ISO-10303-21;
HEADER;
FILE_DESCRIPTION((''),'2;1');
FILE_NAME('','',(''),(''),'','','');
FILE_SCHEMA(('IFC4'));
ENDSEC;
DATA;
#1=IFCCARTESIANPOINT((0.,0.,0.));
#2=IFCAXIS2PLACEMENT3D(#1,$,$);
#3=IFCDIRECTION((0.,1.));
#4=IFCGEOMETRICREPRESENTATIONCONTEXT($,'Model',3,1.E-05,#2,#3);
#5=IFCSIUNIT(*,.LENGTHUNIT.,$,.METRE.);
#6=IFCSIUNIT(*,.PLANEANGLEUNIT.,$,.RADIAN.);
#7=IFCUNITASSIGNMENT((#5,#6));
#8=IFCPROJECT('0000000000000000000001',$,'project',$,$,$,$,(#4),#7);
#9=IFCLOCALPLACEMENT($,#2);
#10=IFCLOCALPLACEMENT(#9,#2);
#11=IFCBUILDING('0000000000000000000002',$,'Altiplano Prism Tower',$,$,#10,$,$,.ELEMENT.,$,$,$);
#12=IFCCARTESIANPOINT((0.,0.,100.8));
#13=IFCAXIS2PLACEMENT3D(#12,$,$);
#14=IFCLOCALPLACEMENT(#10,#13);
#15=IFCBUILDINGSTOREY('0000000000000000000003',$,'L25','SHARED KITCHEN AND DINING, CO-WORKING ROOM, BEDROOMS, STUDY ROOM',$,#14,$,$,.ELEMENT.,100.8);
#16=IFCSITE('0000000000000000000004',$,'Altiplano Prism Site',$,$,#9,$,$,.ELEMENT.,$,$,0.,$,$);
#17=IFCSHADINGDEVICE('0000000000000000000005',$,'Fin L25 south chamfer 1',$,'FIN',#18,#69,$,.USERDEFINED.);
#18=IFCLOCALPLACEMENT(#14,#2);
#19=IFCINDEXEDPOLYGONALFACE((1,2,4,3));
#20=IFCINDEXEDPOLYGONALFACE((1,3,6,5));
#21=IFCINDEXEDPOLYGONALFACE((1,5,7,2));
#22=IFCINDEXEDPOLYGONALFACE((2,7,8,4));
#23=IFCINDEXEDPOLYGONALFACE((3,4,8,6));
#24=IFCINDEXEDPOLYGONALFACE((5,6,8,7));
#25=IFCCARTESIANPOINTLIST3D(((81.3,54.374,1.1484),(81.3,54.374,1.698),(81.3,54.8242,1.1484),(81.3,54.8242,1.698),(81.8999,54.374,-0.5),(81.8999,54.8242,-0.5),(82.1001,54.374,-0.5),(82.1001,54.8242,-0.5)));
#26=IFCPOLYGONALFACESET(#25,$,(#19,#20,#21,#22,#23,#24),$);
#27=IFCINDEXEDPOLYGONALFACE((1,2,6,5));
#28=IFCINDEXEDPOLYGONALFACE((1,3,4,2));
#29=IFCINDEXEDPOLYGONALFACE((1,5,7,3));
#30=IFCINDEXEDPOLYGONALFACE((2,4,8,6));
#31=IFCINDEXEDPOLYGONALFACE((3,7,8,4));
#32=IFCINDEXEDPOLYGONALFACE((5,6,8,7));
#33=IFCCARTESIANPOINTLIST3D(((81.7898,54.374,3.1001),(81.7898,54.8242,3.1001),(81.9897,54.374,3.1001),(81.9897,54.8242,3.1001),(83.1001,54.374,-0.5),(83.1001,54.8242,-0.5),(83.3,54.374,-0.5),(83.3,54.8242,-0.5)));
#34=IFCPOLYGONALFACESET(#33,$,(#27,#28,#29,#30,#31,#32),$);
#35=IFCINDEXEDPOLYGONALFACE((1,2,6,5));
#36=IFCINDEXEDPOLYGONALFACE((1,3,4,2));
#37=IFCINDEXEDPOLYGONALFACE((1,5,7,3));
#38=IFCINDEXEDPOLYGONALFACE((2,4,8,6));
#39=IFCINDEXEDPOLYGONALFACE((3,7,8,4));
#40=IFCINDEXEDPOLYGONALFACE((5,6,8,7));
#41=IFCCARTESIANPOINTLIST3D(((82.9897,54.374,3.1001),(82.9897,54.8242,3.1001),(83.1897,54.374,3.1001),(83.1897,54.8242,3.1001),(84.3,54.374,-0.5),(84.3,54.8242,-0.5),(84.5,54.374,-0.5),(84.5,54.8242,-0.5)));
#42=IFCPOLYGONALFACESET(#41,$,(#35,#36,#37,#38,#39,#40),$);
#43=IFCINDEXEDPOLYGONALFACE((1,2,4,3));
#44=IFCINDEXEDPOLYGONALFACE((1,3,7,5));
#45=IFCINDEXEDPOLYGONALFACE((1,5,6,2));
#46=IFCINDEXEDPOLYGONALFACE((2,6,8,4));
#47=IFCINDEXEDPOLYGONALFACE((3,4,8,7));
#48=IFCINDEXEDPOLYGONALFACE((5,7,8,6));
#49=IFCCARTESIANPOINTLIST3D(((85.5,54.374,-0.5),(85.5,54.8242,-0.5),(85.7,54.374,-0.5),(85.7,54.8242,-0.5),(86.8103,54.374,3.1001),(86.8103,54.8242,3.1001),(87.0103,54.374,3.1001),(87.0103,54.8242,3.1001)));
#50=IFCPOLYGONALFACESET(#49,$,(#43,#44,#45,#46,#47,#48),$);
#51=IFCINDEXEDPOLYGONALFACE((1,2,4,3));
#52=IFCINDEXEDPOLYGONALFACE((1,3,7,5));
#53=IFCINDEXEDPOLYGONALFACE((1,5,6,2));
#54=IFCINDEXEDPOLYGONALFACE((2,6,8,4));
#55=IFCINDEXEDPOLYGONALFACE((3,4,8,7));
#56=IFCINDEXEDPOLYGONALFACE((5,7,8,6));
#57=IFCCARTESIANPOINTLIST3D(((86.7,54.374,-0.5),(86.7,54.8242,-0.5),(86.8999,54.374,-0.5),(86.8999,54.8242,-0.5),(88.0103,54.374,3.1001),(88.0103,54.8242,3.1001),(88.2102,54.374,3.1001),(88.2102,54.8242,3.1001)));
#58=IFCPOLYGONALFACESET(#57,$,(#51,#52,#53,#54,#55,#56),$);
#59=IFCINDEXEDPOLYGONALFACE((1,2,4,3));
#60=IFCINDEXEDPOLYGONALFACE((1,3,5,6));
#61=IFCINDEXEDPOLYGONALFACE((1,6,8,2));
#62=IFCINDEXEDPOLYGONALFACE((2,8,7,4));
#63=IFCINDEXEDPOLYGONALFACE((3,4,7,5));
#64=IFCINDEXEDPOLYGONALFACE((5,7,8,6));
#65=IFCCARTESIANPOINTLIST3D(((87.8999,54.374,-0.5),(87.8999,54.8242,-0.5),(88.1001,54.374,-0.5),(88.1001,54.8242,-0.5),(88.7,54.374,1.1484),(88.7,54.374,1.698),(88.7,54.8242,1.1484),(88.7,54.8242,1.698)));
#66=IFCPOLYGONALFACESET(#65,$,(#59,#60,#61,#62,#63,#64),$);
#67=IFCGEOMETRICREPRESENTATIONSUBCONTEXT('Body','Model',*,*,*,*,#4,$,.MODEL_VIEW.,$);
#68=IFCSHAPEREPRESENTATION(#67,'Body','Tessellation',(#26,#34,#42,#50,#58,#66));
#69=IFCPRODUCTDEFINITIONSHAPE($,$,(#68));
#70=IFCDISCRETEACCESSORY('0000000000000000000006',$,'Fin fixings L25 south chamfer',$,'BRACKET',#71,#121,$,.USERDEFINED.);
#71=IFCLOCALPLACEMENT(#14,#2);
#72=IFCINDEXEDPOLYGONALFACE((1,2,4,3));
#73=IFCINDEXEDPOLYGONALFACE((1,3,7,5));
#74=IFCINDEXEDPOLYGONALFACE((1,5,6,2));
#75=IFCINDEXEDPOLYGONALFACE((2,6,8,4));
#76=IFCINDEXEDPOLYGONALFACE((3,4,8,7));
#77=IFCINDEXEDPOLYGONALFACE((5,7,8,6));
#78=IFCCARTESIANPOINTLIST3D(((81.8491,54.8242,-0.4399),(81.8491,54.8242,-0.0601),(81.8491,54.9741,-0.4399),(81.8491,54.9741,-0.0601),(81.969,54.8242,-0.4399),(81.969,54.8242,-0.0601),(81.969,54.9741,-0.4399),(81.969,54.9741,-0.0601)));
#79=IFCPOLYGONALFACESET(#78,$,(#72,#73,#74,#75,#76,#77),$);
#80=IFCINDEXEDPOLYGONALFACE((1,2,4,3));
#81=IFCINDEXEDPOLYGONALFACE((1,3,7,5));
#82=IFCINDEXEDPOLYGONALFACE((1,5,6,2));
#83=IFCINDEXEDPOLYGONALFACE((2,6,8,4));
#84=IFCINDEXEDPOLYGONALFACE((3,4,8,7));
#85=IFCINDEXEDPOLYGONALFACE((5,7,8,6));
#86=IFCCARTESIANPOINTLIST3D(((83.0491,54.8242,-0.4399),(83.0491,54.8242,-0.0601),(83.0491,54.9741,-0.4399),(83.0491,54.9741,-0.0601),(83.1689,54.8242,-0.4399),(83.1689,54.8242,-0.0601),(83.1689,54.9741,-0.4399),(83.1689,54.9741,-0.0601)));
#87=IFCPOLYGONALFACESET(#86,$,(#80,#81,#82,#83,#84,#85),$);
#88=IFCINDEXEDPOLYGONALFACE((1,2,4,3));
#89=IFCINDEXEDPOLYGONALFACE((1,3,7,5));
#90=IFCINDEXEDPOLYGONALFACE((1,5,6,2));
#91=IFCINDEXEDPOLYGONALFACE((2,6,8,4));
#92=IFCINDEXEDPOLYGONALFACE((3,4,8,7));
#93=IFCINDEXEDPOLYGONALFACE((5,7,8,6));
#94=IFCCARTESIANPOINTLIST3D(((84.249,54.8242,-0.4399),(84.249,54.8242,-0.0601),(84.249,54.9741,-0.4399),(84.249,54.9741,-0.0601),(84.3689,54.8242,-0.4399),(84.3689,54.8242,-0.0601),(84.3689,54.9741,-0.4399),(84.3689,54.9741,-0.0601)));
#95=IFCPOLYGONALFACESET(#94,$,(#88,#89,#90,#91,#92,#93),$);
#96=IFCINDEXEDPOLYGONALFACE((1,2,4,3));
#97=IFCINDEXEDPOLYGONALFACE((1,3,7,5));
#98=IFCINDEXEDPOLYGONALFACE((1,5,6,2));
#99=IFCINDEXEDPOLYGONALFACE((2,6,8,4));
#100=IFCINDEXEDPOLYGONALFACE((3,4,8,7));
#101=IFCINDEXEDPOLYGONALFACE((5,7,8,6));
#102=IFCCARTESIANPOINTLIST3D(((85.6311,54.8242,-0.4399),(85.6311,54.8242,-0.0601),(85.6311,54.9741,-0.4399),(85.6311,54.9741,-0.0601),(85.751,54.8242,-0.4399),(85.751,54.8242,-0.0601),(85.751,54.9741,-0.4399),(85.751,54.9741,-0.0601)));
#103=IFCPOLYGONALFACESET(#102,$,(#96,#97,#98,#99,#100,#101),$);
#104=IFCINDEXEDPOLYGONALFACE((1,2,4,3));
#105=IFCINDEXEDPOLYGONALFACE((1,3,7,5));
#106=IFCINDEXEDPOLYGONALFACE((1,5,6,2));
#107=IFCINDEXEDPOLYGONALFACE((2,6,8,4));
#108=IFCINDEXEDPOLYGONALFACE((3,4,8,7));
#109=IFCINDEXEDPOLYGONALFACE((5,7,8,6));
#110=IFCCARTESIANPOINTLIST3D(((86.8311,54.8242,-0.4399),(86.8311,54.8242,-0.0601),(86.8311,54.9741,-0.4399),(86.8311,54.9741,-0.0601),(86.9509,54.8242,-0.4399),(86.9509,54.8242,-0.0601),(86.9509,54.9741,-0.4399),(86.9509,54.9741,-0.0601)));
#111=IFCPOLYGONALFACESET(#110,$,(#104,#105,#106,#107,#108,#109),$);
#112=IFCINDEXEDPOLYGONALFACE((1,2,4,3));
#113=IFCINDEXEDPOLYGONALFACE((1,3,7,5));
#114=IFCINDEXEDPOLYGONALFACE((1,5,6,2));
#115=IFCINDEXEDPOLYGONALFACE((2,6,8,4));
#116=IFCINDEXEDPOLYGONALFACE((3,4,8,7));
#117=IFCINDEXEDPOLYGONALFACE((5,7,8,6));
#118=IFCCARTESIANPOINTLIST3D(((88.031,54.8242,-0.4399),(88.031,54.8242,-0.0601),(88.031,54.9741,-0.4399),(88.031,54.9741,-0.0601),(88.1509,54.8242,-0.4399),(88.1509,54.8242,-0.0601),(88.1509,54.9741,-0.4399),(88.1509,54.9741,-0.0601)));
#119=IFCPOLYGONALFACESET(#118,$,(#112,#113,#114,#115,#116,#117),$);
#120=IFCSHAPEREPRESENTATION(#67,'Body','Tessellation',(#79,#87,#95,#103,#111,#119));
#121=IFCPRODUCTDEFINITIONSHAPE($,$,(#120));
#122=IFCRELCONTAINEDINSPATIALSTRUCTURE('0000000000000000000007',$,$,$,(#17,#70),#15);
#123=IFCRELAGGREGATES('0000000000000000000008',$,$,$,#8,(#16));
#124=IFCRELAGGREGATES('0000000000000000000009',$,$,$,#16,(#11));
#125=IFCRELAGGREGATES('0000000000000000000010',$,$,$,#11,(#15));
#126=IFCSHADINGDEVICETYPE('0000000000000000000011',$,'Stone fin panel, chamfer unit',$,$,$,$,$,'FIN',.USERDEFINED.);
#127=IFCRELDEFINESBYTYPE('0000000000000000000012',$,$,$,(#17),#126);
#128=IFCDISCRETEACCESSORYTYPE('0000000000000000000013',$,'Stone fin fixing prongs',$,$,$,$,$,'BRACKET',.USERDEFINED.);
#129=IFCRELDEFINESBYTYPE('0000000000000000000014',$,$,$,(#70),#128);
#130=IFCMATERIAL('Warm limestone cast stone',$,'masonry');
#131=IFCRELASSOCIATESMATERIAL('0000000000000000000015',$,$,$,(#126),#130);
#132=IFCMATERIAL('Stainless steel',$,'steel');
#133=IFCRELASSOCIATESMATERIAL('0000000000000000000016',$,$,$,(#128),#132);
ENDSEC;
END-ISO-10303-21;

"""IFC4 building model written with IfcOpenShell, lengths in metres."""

from ifc_helpers import new_model, si_unit, direction, frame, origin, place, context, subcontext, project, spatial, polyline, outline, extrude, source, transform, mapped, material, type_object, element, save


model = new_model("IFC4")

# Units and contexts
model_context = context("Model", 3, precision=1e-05, world=origin(), true_north=direction((0.0, 1.0)))
body_context = subcontext(model_context, "Body", "Model", "MODEL_VIEW")
ifc_project = project(units=[si_unit("LENGTHUNIT", "METRE"), si_unit("PLANEANGLEUNIT", "RADIAN")], contexts=[model_context])

# Site, building, storey
site_placement = place(None, origin())
site = spatial("IfcSite", under=ifc_project, at=site_placement, Name="Altiplano Prism Site", CompositionType="ELEMENT", RefElevation=0.0)
building_placement = place(site_placement, origin())
building = spatial("IfcBuilding", under=site, at=building_placement, Name="Altiplano Prism Tower", CompositionType="ELEMENT")
storey_placement = place(building_placement, frame((0.0, 0.0, 100.8)))
storey = spatial("IfcBuildingStorey", under=building, at=storey_placement, Name="L25", Description="SHARED KITCHEN AND DINING, CO-WORKING ROOM, BEDROOMS, STUDY ROOM", CompositionType="ELEMENT", Elevation=100.8)

# Shading device
ifc_material_1 = material(Name="Warm limestone cast stone", Category="masonry")
shading_device_type_1 = type_object("IfcShadingDeviceType", Name="Stone fin panel, chamfer unit", ElementType="FIN", PredefinedType="USERDEFINED", material=ifc_material_1)
shared_shape_1 = source(origin(), body_context, "Body", "SweptSolid", [
    extrude(outline(polyline([(-3.7, 2.198), (-3.7, 1.6484), (-3.1001, 0.0), (-2.8999, 0.0), (-3.7, 2.198)])), frame((0.0, -0.1499, 0.0), z_axis=(0.0, -1.0, 0.0), x_axis=(1.0, 0.0, 0.0)), (0.0, 0.0, 1.0), 0.4502),
    extrude(outline(polyline([(-3.2102, 3.6001), (-1.8999, 0.0), (-1.7, 0.0), (-3.0103, 3.6001), (-3.2102, 3.6001)])), frame((0.0, -0.1499, 0.0), z_axis=(0.0, -1.0, 0.0), x_axis=(1.0, 0.0, 0.0)), (0.0, 0.0, 1.0), 0.4502),
    extrude(outline(polyline([(-2.0103, 3.6001), (-0.7, 0.0), (-0.5, 0.0), (-1.8103, 3.6001), (-2.0103, 3.6001)])), frame((0.0, -0.1499, 0.0), z_axis=(0.0, -1.0, 0.0), x_axis=(1.0, 0.0, 0.0)), (0.0, 0.0, 1.0), 0.4502),
    extrude(outline(polyline([(1.8103, 3.6001), (0.5, 0.0), (0.7, 0.0), (2.0103, 3.6001), (1.8103, 3.6001)])), frame((0.0, -0.1499, 0.0), z_axis=(0.0, -1.0, 0.0), x_axis=(1.0, 0.0, 0.0)), (0.0, 0.0, 1.0), 0.4502),
    extrude(outline(polyline([(3.0103, 3.6001), (1.7, 0.0), (1.8999, 0.0), (3.2102, 3.6001), (3.0103, 3.6001)])), frame((0.0, -0.1499, 0.0), z_axis=(0.0, -1.0, 0.0), x_axis=(1.0, 0.0, 0.0)), (0.0, 0.0, 1.0), 0.4502),
    extrude(outline(polyline([(3.7, 1.6484), (3.7, 2.198), (2.8999, 0.0), (3.1001, 0.0), (3.7, 1.6484)])), frame((0.0, -0.1499, 0.0), z_axis=(0.0, -1.0, 0.0), x_axis=(1.0, 0.0, 0.0)), (0.0, 0.0, 1.0), 0.4502),
])
shading_device_1_placement = place(storey_placement, origin())
element("IfcShadingDevice", 1, at=shading_device_1_placement, inside=storey, type_object=shading_device_type_1, Name="Fin L25 south chamfer 1", ObjectType="FIN", PredefinedType="USERDEFINED", context=body_context, shape_type="MappedRepresentation", body=[
    mapped(shared_shape_1, transform((85.0, 54.9741, -0.5), x_axis=(1.0, 0.0, 0.0), y_axis=(0.0, 1.0, 0.0), z_axis=(0.0, 0.0, 1.0))),
])

# Discrete accessory
ifc_material_2 = material(Name="Stainless steel", Category="steel")
discrete_accessory_type = type_object("IfcDiscreteAccessoryType", Name="Stone fin fixing prongs", ElementType="BRACKET", PredefinedType="USERDEFINED", material=ifc_material_2)
shared_shape_2 = source(origin(), body_context, "Body", "SweptSolid", [
    extrude(outline(polyline([(-3.1509, 0.0601), (-3.031, 0.0601), (-3.031, 0.4399), (-3.1509, 0.4399), (-3.1509, 0.0601)])), frame((0.0, 0.0, 0.0), z_axis=(0.0, -1.0, 0.0), x_axis=(1.0, 0.0, 0.0)), (0.0, 0.0, 1.0), 0.1499),
    extrude(outline(polyline([(-1.9509, 0.0601), (-1.8311, 0.0601), (-1.8311, 0.4399), (-1.9509, 0.4399), (-1.9509, 0.0601)])), frame((0.0, 0.0, 0.0), z_axis=(0.0, -1.0, 0.0), x_axis=(1.0, 0.0, 0.0)), (0.0, 0.0, 1.0), 0.1499),
    extrude(outline(polyline([(-0.751, 0.0601), (-0.6311, 0.0601), (-0.6311, 0.4399), (-0.751, 0.4399), (-0.751, 0.0601)])), frame((0.0, 0.0, 0.0), z_axis=(0.0, -1.0, 0.0), x_axis=(1.0, 0.0, 0.0)), (0.0, 0.0, 1.0), 0.1499),
    extrude(outline(polyline([(0.6311, 0.0601), (0.751, 0.0601), (0.751, 0.4399), (0.6311, 0.4399), (0.6311, 0.0601)])), frame((0.0, 0.0, 0.0), z_axis=(0.0, -1.0, 0.0), x_axis=(1.0, 0.0, 0.0)), (0.0, 0.0, 1.0), 0.1499),
    extrude(outline(polyline([(1.8311, 0.0601), (1.9509, 0.0601), (1.9509, 0.4399), (1.8311, 0.4399), (1.8311, 0.0601)])), frame((0.0, 0.0, 0.0), z_axis=(0.0, -1.0, 0.0), x_axis=(1.0, 0.0, 0.0)), (0.0, 0.0, 1.0), 0.1499),
    extrude(outline(polyline([(3.031, 0.0601), (3.1509, 0.0601), (3.1509, 0.4399), (3.031, 0.4399), (3.031, 0.0601)])), frame((0.0, 0.0, 0.0), z_axis=(0.0, -1.0, 0.0), x_axis=(1.0, 0.0, 0.0)), (0.0, 0.0, 1.0), 0.1499),
])
discrete_accessory_1_placement = place(storey_placement, origin())
element("IfcDiscreteAccessory", 2, at=discrete_accessory_1_placement, inside=storey, type_object=discrete_accessory_type, Name="Fin fixings L25 south chamfer", ObjectType="BRACKET", PredefinedType="USERDEFINED", context=body_context, shape_type="MappedRepresentation", body=[
    mapped(shared_shape_2, transform((85.0, 54.9741, -0.5), x_axis=(1.0, 0.0, 0.0), y_axis=(0.0, 1.0, 0.0), z_axis=(0.0, 0.0, 1.0))),
])

save(model, "model.ifc")
